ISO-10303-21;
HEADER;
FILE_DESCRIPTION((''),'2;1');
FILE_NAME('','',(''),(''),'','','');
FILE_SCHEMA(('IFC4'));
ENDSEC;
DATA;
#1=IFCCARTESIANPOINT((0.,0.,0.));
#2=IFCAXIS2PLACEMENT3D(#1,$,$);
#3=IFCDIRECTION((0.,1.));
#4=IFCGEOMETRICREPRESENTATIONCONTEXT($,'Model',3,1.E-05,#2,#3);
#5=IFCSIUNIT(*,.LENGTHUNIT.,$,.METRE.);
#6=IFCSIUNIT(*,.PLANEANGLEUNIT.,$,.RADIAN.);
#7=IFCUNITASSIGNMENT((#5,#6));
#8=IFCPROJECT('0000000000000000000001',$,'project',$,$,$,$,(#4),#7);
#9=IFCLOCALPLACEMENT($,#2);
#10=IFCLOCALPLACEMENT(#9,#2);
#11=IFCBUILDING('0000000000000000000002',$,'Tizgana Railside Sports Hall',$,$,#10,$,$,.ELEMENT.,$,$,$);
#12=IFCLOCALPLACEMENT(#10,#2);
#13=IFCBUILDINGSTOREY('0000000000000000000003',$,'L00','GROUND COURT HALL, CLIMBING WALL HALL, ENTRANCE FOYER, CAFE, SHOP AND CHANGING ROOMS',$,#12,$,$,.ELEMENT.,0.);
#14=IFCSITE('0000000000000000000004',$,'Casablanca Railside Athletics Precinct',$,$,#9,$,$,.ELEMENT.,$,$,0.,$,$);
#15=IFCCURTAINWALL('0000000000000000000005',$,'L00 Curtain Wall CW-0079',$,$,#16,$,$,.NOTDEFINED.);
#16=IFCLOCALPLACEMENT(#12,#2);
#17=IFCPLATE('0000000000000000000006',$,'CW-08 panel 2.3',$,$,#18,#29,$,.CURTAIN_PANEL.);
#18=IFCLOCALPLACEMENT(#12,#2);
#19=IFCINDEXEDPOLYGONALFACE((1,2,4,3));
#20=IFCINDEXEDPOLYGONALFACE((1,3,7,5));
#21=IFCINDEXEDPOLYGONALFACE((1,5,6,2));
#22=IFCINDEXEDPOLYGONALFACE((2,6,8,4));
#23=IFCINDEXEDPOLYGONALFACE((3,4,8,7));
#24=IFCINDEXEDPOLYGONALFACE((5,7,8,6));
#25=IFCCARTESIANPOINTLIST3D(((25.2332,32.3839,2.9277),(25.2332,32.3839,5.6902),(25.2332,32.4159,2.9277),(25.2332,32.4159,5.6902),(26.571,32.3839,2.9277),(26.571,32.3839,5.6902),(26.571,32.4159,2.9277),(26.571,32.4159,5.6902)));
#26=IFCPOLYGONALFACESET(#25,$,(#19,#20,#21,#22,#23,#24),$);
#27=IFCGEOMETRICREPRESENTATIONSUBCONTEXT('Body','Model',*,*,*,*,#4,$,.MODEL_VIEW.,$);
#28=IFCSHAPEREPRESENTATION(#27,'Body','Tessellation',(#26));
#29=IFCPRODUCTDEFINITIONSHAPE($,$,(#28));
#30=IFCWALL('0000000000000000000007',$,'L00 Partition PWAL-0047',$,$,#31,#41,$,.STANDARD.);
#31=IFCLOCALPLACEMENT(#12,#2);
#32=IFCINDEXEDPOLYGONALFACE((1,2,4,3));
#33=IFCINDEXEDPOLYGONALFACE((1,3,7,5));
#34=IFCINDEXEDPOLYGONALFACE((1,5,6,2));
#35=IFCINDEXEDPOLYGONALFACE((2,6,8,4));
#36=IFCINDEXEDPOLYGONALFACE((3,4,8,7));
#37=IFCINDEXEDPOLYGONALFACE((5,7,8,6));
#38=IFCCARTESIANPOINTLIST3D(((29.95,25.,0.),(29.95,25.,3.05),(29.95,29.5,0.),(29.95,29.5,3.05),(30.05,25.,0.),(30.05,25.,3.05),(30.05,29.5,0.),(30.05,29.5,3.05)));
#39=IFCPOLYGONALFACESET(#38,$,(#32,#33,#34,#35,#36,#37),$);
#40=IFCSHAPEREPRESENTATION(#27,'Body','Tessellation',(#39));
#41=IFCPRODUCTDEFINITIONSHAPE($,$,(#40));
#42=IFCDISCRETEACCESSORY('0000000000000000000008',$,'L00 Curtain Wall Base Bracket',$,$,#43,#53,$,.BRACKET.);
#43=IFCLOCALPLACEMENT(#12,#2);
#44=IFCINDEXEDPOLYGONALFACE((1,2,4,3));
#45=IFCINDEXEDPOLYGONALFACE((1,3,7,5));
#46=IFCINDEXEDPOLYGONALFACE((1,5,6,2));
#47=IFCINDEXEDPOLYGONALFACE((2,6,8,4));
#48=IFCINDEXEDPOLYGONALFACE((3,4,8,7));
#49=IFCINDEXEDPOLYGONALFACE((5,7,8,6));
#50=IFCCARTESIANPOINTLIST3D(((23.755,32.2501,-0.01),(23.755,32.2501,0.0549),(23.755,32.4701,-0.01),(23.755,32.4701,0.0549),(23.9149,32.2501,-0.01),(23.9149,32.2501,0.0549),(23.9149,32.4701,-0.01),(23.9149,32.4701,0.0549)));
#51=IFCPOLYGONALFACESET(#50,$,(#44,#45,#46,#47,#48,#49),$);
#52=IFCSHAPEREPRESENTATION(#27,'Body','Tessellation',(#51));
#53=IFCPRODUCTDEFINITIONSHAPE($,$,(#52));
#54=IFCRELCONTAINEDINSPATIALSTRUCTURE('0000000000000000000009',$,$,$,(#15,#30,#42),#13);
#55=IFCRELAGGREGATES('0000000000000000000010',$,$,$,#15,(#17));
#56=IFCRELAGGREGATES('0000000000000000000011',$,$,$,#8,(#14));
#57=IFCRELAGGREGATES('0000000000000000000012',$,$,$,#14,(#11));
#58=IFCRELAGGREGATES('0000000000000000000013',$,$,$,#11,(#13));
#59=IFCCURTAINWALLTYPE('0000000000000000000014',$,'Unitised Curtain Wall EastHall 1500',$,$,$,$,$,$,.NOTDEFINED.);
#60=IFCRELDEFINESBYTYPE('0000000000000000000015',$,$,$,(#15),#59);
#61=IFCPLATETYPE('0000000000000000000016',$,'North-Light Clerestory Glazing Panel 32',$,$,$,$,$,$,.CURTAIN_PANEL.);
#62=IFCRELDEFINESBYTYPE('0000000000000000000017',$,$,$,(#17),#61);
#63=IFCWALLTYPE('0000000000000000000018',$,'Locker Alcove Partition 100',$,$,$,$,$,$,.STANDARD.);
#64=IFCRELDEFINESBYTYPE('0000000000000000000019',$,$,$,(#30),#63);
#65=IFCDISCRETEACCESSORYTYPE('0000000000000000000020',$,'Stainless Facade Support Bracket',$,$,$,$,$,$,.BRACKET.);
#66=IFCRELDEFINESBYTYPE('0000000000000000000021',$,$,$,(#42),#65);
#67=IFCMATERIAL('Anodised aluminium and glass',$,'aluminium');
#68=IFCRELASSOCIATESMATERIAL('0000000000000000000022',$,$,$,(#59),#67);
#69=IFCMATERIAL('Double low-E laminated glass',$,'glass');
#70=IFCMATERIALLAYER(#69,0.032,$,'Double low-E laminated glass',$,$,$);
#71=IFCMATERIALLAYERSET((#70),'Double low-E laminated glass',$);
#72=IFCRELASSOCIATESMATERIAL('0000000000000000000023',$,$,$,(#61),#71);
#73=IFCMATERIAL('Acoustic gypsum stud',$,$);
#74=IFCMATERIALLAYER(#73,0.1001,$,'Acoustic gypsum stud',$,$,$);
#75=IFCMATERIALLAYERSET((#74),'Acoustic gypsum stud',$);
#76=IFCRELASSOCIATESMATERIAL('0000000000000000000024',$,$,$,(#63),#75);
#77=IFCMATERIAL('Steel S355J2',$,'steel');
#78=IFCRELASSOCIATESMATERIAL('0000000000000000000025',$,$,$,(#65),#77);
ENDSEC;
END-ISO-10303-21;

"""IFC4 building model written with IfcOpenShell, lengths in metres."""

from ifc_helpers import new_model, si_unit, direction, frame, frame_2d, origin, origin_2d, place, context, subcontext, project, spatial, rectangle, extrude, material, layer, layer_set, type_object, element, aggregate, save


model = new_model("IFC4")

# Units and contexts
model_context = context("Model", 3, precision=1e-05, world=origin(), true_north=direction((0.0, 1.0)))
body_context = subcontext(model_context, "Body", "Model", "MODEL_VIEW")
ifc_project = project(units=[si_unit("LENGTHUNIT", "METRE"), si_unit("PLANEANGLEUNIT", "RADIAN")], contexts=[model_context])

# Site, building, storey
site_placement = place(None, origin())
site = spatial("IfcSite", under=ifc_project, at=site_placement, Name="Casablanca Railside Athletics Precinct", CompositionType="ELEMENT", RefElevation=0.0)
building_placement = place(site_placement, origin())
building = spatial("IfcBuilding", under=site, at=building_placement, Name="Tizgana Railside Sports Hall", CompositionType="ELEMENT")
storey_placement = place(building_placement, origin())
storey = spatial("IfcBuildingStorey", under=building, at=storey_placement, Name="L00", Description="GROUND COURT HALL, CLIMBING WALL HALL, ENTRANCE FOYER, CAFE, SHOP AND CHANGING ROOMS", CompositionType="ELEMENT", Elevation=0.0)

# Curtain wall
ifc_material_1 = material(Name="Anodised aluminium and glass", Category="aluminium")
curtain_wall_type = type_object("IfcCurtainWallType", Name="Unitised Curtain Wall EastHall 1500", PredefinedType="NOTDEFINED", material=ifc_material_1)
curtain_wall_placement = place(storey_placement, origin())
curtain_wall = element("IfcCurtainWall", 1, at=curtain_wall_placement, inside=storey, type_object=curtain_wall_type, Name="L00 Curtain Wall CW-0079", PredefinedType="NOTDEFINED")

# Shared definitions
ifc_material_2 = material(Name="Steel S355J2", Category="steel")

# Plate
ifc_material_3 = material(Name="Double low-E laminated glass", Category="glass")
ifc_layer_1 = layer(ifc_material_3, 0.032, Name="Double low-E laminated glass")
ifc_layer_set_1 = layer_set([ifc_layer_1], Name="Double low-E laminated glass")
plate_type = type_object("IfcPlateType", Name="North-Light Clerestory Glazing Panel 32", PredefinedType="CURTAIN_PANEL", material=ifc_layer_set_1)
plate_1_placement = place(storey_placement, frame((25.9021, 32.3999, 2.9277), z_axis=(0.0, 0.0, 1.0), x_axis=(1.0, 0.0, 0.0)))
plate_1 = element("IfcPlate", 2, at=plate_1_placement, type_object=plate_type, Name="CW-08 panel 2.3", PredefinedType="CURTAIN_PANEL", context=body_context, shape_type="SweptSolid", body=[
    extrude(rectangle(XDim=1.3379, YDim=0.032, at=origin_2d()), origin(), (0.0, 0.0, 1.0), 2.7625),
])
aggregate(curtain_wall, [plate_1])

# Wall
ifc_material_4 = material(Name="Acoustic gypsum stud")
ifc_layer_2 = layer(ifc_material_4, 0.1001, Name="Acoustic gypsum stud")
ifc_layer_set_2 = layer_set([ifc_layer_2], Name="Acoustic gypsum stud")
wall_type = type_object("IfcWallType", Name="Locker Alcove Partition 100", PredefinedType="STANDARD", material=ifc_layer_set_2)
wall_placement = place(storey_placement, frame((30.0, 25.0, 0.0), z_axis=(0.0, 0.0, 1.0), x_axis=(0.0, 1.0, 0.0)))
element("IfcWall", 3, at=wall_placement, inside=storey, type_object=wall_type, Name="L00 Partition PWAL-0047", PredefinedType="STANDARD", context=body_context, shape_type="SweptSolid", body=[
    extrude(rectangle(XDim=4.5, YDim=0.1001, at=frame_2d((2.25, 0.0))), origin(), (0.0, 0.0, 1.0), 3.05),
])

# Discrete accessory
discrete_accessory_type = type_object("IfcDiscreteAccessoryType", Name="Stainless Facade Support Bracket", PredefinedType="BRACKET", material=ifc_material_2)
discrete_accessory_placement = place(storey_placement, frame((23.835, 32.3601, -0.01), z_axis=(0.0, 0.0, 1.0), x_axis=(1.0, 0.0, 0.0)))
element("IfcDiscreteAccessory", 4, at=discrete_accessory_placement, inside=storey, type_object=discrete_accessory_type, Name="L00 Curtain Wall Base Bracket", PredefinedType="BRACKET", context=body_context, shape_type="SweptSolid", body=[
    extrude(rectangle(XDim=0.1599, YDim=0.22, at=origin_2d()), origin(), (0.0, 0.0, 1.0), 0.0649),
])

save(model, "model.ifc")
